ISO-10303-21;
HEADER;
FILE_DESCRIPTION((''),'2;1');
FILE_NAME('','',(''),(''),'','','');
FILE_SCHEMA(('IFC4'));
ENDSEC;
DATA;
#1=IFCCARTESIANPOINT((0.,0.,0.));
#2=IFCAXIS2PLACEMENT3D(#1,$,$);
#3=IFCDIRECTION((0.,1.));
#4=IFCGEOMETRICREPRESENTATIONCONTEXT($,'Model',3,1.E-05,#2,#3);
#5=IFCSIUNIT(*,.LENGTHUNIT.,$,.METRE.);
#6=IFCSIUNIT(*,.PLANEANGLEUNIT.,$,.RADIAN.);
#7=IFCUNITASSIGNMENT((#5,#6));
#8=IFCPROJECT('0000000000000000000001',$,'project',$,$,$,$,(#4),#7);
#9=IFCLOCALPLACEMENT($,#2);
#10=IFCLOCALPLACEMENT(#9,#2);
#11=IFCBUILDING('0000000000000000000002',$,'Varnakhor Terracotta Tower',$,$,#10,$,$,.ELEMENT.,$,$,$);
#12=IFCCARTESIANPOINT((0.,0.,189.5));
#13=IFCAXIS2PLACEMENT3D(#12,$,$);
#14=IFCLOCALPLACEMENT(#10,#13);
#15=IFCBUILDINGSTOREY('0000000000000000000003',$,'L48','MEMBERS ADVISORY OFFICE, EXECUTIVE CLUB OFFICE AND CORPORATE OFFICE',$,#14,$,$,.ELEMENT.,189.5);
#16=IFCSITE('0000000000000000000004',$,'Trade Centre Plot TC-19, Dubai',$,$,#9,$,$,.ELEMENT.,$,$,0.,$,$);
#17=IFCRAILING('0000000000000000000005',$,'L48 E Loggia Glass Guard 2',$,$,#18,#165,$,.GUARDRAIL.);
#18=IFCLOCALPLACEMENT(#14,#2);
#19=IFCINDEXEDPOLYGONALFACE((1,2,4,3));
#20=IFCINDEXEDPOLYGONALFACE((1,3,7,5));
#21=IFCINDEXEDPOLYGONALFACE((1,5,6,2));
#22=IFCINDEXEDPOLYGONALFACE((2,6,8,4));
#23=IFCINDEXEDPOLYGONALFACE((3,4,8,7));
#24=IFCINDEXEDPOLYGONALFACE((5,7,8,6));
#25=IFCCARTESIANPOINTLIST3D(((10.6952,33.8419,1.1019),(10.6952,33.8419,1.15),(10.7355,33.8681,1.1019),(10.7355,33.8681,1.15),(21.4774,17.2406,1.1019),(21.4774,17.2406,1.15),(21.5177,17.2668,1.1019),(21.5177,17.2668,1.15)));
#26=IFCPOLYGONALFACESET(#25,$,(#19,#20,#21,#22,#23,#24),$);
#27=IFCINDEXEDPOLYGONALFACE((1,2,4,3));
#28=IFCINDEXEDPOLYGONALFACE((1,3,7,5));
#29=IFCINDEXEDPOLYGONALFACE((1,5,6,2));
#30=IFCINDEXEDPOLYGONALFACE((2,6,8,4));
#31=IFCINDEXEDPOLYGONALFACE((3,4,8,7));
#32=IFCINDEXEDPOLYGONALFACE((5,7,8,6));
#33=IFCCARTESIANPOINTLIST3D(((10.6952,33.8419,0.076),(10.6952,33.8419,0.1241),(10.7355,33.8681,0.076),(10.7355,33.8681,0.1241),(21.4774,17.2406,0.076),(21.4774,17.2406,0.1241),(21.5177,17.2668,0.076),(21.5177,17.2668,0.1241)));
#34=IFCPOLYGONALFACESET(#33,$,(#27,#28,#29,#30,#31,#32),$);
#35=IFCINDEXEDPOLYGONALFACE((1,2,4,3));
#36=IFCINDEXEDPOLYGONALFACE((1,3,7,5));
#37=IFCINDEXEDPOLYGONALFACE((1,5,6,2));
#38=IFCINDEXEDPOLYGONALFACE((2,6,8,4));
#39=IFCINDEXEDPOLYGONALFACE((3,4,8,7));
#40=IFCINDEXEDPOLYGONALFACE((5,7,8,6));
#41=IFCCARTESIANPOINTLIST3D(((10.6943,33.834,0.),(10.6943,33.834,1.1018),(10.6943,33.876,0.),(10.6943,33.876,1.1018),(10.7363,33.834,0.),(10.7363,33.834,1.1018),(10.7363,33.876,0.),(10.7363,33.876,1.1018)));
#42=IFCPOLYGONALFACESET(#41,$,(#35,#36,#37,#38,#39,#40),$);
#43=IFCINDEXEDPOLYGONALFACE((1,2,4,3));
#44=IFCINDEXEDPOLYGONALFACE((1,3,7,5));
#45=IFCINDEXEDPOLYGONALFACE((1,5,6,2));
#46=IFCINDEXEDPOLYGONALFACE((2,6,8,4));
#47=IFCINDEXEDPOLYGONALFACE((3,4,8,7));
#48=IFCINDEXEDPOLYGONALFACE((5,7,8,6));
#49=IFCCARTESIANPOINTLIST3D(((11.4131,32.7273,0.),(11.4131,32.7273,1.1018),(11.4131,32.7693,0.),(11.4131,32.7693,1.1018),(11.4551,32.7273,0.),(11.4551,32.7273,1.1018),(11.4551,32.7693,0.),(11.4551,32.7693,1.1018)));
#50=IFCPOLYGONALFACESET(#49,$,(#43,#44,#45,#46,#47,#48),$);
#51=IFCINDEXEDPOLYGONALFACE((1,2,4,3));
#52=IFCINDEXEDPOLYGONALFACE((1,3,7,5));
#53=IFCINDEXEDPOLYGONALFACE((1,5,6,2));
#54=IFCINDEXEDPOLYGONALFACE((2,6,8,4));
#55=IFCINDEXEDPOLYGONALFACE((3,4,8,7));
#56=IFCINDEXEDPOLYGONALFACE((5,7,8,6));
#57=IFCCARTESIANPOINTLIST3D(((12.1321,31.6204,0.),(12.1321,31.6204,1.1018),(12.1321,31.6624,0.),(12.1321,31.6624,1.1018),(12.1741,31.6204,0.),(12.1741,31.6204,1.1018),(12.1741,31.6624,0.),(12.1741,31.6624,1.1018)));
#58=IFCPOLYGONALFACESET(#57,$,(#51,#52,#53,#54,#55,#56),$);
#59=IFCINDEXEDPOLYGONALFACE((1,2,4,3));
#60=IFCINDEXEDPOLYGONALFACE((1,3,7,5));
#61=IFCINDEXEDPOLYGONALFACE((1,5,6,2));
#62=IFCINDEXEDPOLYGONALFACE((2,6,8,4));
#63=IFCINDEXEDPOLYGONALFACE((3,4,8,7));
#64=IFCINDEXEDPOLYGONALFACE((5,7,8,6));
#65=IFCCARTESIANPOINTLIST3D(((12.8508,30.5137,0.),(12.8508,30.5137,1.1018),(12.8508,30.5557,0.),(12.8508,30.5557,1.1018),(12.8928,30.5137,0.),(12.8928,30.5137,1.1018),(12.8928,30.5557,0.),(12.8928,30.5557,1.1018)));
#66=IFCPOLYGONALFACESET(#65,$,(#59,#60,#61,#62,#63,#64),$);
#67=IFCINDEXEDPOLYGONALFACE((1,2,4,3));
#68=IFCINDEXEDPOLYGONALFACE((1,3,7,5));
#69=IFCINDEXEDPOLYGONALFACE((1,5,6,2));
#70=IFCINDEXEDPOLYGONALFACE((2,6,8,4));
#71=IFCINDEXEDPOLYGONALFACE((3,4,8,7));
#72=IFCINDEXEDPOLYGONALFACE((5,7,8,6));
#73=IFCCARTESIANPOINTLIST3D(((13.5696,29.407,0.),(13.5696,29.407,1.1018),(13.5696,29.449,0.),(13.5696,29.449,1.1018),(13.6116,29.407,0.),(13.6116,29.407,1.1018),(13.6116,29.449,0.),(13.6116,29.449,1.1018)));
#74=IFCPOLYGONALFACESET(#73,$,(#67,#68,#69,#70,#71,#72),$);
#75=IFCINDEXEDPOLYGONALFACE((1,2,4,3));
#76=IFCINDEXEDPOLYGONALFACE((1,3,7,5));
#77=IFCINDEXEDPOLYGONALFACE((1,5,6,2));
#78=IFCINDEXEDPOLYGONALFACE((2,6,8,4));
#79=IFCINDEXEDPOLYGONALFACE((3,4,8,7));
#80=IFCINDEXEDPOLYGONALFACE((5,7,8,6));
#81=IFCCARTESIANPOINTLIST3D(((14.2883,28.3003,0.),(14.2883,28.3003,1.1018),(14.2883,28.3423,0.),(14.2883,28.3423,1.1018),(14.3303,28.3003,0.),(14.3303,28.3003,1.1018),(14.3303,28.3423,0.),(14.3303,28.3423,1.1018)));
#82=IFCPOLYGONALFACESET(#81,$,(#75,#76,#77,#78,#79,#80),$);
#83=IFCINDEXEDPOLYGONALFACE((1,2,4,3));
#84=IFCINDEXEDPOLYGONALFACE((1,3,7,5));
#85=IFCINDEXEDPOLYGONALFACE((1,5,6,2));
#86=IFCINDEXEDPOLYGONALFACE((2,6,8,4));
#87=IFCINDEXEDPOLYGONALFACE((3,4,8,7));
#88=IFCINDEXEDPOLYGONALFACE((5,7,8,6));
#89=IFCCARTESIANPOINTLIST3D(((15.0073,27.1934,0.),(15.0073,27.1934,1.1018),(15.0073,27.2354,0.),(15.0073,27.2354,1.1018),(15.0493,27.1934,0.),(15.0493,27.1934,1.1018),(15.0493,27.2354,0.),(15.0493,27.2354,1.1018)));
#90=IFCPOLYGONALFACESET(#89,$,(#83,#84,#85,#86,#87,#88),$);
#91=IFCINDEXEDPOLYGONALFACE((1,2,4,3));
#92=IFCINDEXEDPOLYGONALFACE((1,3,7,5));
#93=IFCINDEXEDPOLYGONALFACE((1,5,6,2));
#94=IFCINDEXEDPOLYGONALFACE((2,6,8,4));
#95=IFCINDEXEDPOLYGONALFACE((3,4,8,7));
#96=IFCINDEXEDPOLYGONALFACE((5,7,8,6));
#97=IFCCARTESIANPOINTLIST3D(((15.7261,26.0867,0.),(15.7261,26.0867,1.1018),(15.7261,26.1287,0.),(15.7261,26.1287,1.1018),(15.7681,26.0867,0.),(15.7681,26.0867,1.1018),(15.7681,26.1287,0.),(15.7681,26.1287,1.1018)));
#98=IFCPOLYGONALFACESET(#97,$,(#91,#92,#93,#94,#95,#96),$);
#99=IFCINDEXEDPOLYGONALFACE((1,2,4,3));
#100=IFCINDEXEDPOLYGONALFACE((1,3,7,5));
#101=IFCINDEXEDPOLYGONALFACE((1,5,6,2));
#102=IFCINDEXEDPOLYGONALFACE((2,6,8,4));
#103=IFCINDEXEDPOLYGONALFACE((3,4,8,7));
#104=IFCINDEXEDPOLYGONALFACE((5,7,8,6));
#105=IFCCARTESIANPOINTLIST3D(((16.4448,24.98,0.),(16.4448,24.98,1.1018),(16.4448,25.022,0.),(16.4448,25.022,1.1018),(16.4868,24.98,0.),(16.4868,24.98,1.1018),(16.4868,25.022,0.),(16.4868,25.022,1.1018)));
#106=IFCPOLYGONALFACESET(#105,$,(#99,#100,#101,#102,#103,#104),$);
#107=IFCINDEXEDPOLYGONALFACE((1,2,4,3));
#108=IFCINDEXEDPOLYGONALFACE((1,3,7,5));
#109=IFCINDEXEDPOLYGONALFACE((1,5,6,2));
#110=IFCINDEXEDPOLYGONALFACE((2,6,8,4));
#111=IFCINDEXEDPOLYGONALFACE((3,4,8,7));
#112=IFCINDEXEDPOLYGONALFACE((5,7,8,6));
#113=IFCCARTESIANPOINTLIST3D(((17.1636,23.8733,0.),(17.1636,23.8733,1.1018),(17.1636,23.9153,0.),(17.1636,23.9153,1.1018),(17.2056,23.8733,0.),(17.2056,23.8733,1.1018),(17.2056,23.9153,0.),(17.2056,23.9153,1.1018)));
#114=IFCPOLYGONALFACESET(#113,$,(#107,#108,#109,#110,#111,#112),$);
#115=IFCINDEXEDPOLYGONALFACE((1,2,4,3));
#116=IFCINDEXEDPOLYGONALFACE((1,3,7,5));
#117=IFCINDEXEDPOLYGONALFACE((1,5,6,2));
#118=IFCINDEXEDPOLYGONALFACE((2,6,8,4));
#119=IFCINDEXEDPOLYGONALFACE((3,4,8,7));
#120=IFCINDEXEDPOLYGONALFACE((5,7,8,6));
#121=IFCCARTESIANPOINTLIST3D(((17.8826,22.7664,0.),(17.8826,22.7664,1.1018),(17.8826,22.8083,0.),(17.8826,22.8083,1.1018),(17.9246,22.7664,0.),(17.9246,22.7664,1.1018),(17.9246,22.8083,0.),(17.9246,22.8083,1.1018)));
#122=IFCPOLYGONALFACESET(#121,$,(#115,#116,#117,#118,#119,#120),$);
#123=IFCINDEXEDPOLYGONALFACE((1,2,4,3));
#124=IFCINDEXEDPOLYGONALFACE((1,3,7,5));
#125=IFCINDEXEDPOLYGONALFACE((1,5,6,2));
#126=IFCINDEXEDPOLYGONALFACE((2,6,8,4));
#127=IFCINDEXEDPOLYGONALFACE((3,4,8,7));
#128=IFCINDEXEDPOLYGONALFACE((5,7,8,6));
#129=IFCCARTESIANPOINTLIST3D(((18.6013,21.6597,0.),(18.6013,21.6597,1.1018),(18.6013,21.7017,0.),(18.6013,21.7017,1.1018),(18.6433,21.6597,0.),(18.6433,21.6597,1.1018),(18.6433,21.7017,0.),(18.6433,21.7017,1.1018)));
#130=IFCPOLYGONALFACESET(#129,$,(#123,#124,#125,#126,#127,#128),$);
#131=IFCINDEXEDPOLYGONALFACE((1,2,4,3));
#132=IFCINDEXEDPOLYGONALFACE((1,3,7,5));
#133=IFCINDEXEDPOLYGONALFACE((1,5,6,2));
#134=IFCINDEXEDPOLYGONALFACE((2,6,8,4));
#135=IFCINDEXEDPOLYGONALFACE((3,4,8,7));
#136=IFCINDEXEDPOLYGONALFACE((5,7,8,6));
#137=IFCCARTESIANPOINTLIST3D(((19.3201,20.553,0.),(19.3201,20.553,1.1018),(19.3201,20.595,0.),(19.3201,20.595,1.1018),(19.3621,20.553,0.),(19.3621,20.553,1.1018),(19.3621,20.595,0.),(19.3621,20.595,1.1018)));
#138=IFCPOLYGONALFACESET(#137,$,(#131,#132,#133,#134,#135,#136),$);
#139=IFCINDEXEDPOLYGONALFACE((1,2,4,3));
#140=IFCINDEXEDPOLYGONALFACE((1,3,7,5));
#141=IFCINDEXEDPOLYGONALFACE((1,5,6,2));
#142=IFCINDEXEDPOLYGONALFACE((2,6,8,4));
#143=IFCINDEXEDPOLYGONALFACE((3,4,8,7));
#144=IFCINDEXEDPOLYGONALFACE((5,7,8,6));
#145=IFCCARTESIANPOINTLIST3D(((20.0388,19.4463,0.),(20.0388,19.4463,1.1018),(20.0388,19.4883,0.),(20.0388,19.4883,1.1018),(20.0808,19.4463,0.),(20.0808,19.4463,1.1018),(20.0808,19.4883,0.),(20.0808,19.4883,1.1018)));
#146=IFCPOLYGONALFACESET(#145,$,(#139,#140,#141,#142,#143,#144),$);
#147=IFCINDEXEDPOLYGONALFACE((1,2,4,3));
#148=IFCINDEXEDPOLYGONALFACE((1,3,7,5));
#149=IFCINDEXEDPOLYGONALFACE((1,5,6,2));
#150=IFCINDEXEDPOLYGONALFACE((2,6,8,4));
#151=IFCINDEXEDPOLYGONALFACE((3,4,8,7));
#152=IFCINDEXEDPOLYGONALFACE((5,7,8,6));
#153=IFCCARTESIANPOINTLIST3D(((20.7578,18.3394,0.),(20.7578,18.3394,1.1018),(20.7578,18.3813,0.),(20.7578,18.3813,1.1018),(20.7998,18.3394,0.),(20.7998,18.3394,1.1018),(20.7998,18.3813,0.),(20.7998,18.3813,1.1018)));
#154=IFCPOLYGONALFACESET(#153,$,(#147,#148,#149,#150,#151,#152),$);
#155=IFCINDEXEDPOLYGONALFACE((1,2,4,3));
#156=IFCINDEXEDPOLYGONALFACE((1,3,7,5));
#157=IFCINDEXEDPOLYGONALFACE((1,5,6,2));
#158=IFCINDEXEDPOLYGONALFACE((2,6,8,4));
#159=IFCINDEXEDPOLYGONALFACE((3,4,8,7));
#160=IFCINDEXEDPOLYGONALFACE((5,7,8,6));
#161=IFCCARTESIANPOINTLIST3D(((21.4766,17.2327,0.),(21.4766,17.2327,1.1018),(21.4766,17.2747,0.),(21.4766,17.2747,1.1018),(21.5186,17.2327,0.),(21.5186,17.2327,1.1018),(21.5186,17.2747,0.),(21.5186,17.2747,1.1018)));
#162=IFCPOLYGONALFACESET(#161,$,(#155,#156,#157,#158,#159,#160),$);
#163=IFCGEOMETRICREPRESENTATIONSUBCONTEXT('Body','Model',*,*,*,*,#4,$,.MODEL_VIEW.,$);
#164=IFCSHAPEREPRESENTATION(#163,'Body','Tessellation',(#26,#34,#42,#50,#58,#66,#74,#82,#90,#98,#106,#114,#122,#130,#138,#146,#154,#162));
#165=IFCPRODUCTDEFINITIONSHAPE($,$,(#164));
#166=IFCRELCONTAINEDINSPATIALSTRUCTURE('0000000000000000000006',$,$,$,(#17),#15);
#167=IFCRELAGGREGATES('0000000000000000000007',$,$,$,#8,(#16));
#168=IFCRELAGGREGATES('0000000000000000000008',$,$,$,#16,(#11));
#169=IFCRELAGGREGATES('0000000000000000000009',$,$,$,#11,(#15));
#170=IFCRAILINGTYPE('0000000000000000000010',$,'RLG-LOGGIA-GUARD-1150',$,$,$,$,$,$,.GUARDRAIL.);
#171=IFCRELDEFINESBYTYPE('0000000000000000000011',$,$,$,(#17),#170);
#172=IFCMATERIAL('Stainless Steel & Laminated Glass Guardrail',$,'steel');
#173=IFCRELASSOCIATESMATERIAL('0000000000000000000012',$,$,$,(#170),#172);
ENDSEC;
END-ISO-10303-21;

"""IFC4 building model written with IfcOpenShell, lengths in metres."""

from ifc_helpers import new_model, si_unit, direction, frame, origin, origin_2d, place, context, subcontext, project, spatial, rectangle, extrude, material, type_object, element, save


model = new_model("IFC4")

# Units and contexts
model_context = context("Model", 3, precision=1e-05, world=origin(), true_north=direction((0.0, 1.0)))
body_context = subcontext(model_context, "Body", "Model", "MODEL_VIEW")
ifc_project = project(units=[si_unit("LENGTHUNIT", "METRE"), si_unit("PLANEANGLEUNIT", "RADIAN")], contexts=[model_context])

# Site, building, storey
site_placement = place(None, origin())
site = spatial("IfcSite", under=ifc_project, at=site_placement, Name="Trade Centre Plot TC-19, Dubai", CompositionType="ELEMENT", RefElevation=0.0)
building_placement = place(site_placement, origin())
building = spatial("IfcBuilding", under=site, at=building_placement, Name="Varnakhor Terracotta Tower", CompositionType="ELEMENT")
storey_placement = place(building_placement, frame((0.0, 0.0, 189.5)))
storey = spatial("IfcBuildingStorey", under=building, at=storey_placement, Name="L48", Description="MEMBERS ADVISORY OFFICE, EXECUTIVE CLUB OFFICE AND CORPORATE OFFICE", CompositionType="ELEMENT", Elevation=189.5)

# Railing
ifc_material_1 = material(Name="Stainless Steel & Laminated Glass Guardrail", Category="steel")
railing_type = type_object("IfcRailingType", Name="RLG-LOGGIA-GUARD-1150", PredefinedType="GUARDRAIL", material=ifc_material_1)
railing_1_placement = place(storey_placement, frame((10.7153, 33.855, 0.0)))
element("IfcRailing", 1, at=railing_1_placement, inside=storey, type_object=railing_type, Name="L48 E Loggia Glass Guard 2", PredefinedType="GUARDRAIL", context=body_context, shape_type="SweptSolid", body=[
    extrude(rectangle(XDim=0.0481, YDim=0.0481, at=origin_2d()), frame((0.0, 0.0, 1.126), z_axis=(0.544682, -0.838643, 0.0), x_axis=(0.838643, 0.544682, 0.0)), (0.0, 0.0, 1.0), 19.7954),
    extrude(rectangle(XDim=0.0481, YDim=0.0481, at=origin_2d()), frame((0.0, 0.0, 0.1001), z_axis=(0.544682, -0.838643, 0.0), x_axis=(0.838643, 0.544682, 0.0)), (0.0, 0.0, 1.0), 19.7954),
    extrude(rectangle(XDim=0.042, YDim=0.042, at=origin_2d()), origin(), (0.0, 0.0, 1.0), 1.1018),
    extrude(rectangle(XDim=0.042, YDim=0.042, at=origin_2d()), frame((0.7188, -1.1067, 0.0)), (0.0, 0.0, 1.0), 1.1018),
    extrude(rectangle(XDim=0.042, YDim=0.042, at=origin_2d()), frame((1.4377, -2.2136, 0.0)), (0.0, 0.0, 1.0), 1.1018),
    extrude(rectangle(XDim=0.042, YDim=0.042, at=origin_2d()), frame((2.1565, -3.3203, 0.0)), (0.0, 0.0, 1.0), 1.1018),
    extrude(rectangle(XDim=0.042, YDim=0.042, at=origin_2d()), frame((2.8752, -4.427, 0.0)), (0.0, 0.0, 1.0), 1.1018),
    extrude(rectangle(XDim=0.042, YDim=0.042, at=origin_2d()), frame((3.594, -5.5337, 0.0)), (0.0, 0.0, 1.0), 1.1018),
    extrude(rectangle(XDim=0.042, YDim=0.042, at=origin_2d()), frame((4.313, -6.6406, 0.0)), (0.0, 0.0, 1.0), 1.1018),
    extrude(rectangle(XDim=0.042, YDim=0.042, at=origin_2d()), frame((5.0317, -7.7473, 0.0)), (0.0, 0.0, 1.0), 1.1018),
    extrude(rectangle(XDim=0.042, YDim=0.042, at=origin_2d()), frame((5.7505, -8.854, 0.0)), (0.0, 0.0, 1.0), 1.1018),
    extrude(rectangle(XDim=0.042, YDim=0.042, at=origin_2d()), frame((6.4692, -9.9607, 0.0)), (0.0, 0.0, 1.0), 1.1018),
    extrude(rectangle(XDim=0.042, YDim=0.042, at=origin_2d()), frame((7.1882, -11.0676, 0.0)), (0.0, 0.0, 1.0), 1.1018),
    extrude(rectangle(XDim=0.042, YDim=0.042, at=origin_2d()), frame((7.907, -12.1743, 0.0)), (0.0, 0.0, 1.0), 1.1018),
    extrude(rectangle(XDim=0.042, YDim=0.042, at=origin_2d()), frame((8.6257, -13.281, 0.0)), (0.0, 0.0, 1.0), 1.1018),
    extrude(rectangle(XDim=0.042, YDim=0.042, at=origin_2d()), frame((9.3445, -14.3877, 0.0)), (0.0, 0.0, 1.0), 1.1018),
    extrude(rectangle(XDim=0.042, YDim=0.042, at=origin_2d()), frame((10.0635, -15.4946, 0.0)), (0.0, 0.0, 1.0), 1.1018),
    extrude(rectangle(XDim=0.042, YDim=0.042, at=origin_2d()), frame((10.7822, -16.6013, 0.0)), (0.0, 0.0, 1.0), 1.1018),
])

save(model, "model.ifc")
